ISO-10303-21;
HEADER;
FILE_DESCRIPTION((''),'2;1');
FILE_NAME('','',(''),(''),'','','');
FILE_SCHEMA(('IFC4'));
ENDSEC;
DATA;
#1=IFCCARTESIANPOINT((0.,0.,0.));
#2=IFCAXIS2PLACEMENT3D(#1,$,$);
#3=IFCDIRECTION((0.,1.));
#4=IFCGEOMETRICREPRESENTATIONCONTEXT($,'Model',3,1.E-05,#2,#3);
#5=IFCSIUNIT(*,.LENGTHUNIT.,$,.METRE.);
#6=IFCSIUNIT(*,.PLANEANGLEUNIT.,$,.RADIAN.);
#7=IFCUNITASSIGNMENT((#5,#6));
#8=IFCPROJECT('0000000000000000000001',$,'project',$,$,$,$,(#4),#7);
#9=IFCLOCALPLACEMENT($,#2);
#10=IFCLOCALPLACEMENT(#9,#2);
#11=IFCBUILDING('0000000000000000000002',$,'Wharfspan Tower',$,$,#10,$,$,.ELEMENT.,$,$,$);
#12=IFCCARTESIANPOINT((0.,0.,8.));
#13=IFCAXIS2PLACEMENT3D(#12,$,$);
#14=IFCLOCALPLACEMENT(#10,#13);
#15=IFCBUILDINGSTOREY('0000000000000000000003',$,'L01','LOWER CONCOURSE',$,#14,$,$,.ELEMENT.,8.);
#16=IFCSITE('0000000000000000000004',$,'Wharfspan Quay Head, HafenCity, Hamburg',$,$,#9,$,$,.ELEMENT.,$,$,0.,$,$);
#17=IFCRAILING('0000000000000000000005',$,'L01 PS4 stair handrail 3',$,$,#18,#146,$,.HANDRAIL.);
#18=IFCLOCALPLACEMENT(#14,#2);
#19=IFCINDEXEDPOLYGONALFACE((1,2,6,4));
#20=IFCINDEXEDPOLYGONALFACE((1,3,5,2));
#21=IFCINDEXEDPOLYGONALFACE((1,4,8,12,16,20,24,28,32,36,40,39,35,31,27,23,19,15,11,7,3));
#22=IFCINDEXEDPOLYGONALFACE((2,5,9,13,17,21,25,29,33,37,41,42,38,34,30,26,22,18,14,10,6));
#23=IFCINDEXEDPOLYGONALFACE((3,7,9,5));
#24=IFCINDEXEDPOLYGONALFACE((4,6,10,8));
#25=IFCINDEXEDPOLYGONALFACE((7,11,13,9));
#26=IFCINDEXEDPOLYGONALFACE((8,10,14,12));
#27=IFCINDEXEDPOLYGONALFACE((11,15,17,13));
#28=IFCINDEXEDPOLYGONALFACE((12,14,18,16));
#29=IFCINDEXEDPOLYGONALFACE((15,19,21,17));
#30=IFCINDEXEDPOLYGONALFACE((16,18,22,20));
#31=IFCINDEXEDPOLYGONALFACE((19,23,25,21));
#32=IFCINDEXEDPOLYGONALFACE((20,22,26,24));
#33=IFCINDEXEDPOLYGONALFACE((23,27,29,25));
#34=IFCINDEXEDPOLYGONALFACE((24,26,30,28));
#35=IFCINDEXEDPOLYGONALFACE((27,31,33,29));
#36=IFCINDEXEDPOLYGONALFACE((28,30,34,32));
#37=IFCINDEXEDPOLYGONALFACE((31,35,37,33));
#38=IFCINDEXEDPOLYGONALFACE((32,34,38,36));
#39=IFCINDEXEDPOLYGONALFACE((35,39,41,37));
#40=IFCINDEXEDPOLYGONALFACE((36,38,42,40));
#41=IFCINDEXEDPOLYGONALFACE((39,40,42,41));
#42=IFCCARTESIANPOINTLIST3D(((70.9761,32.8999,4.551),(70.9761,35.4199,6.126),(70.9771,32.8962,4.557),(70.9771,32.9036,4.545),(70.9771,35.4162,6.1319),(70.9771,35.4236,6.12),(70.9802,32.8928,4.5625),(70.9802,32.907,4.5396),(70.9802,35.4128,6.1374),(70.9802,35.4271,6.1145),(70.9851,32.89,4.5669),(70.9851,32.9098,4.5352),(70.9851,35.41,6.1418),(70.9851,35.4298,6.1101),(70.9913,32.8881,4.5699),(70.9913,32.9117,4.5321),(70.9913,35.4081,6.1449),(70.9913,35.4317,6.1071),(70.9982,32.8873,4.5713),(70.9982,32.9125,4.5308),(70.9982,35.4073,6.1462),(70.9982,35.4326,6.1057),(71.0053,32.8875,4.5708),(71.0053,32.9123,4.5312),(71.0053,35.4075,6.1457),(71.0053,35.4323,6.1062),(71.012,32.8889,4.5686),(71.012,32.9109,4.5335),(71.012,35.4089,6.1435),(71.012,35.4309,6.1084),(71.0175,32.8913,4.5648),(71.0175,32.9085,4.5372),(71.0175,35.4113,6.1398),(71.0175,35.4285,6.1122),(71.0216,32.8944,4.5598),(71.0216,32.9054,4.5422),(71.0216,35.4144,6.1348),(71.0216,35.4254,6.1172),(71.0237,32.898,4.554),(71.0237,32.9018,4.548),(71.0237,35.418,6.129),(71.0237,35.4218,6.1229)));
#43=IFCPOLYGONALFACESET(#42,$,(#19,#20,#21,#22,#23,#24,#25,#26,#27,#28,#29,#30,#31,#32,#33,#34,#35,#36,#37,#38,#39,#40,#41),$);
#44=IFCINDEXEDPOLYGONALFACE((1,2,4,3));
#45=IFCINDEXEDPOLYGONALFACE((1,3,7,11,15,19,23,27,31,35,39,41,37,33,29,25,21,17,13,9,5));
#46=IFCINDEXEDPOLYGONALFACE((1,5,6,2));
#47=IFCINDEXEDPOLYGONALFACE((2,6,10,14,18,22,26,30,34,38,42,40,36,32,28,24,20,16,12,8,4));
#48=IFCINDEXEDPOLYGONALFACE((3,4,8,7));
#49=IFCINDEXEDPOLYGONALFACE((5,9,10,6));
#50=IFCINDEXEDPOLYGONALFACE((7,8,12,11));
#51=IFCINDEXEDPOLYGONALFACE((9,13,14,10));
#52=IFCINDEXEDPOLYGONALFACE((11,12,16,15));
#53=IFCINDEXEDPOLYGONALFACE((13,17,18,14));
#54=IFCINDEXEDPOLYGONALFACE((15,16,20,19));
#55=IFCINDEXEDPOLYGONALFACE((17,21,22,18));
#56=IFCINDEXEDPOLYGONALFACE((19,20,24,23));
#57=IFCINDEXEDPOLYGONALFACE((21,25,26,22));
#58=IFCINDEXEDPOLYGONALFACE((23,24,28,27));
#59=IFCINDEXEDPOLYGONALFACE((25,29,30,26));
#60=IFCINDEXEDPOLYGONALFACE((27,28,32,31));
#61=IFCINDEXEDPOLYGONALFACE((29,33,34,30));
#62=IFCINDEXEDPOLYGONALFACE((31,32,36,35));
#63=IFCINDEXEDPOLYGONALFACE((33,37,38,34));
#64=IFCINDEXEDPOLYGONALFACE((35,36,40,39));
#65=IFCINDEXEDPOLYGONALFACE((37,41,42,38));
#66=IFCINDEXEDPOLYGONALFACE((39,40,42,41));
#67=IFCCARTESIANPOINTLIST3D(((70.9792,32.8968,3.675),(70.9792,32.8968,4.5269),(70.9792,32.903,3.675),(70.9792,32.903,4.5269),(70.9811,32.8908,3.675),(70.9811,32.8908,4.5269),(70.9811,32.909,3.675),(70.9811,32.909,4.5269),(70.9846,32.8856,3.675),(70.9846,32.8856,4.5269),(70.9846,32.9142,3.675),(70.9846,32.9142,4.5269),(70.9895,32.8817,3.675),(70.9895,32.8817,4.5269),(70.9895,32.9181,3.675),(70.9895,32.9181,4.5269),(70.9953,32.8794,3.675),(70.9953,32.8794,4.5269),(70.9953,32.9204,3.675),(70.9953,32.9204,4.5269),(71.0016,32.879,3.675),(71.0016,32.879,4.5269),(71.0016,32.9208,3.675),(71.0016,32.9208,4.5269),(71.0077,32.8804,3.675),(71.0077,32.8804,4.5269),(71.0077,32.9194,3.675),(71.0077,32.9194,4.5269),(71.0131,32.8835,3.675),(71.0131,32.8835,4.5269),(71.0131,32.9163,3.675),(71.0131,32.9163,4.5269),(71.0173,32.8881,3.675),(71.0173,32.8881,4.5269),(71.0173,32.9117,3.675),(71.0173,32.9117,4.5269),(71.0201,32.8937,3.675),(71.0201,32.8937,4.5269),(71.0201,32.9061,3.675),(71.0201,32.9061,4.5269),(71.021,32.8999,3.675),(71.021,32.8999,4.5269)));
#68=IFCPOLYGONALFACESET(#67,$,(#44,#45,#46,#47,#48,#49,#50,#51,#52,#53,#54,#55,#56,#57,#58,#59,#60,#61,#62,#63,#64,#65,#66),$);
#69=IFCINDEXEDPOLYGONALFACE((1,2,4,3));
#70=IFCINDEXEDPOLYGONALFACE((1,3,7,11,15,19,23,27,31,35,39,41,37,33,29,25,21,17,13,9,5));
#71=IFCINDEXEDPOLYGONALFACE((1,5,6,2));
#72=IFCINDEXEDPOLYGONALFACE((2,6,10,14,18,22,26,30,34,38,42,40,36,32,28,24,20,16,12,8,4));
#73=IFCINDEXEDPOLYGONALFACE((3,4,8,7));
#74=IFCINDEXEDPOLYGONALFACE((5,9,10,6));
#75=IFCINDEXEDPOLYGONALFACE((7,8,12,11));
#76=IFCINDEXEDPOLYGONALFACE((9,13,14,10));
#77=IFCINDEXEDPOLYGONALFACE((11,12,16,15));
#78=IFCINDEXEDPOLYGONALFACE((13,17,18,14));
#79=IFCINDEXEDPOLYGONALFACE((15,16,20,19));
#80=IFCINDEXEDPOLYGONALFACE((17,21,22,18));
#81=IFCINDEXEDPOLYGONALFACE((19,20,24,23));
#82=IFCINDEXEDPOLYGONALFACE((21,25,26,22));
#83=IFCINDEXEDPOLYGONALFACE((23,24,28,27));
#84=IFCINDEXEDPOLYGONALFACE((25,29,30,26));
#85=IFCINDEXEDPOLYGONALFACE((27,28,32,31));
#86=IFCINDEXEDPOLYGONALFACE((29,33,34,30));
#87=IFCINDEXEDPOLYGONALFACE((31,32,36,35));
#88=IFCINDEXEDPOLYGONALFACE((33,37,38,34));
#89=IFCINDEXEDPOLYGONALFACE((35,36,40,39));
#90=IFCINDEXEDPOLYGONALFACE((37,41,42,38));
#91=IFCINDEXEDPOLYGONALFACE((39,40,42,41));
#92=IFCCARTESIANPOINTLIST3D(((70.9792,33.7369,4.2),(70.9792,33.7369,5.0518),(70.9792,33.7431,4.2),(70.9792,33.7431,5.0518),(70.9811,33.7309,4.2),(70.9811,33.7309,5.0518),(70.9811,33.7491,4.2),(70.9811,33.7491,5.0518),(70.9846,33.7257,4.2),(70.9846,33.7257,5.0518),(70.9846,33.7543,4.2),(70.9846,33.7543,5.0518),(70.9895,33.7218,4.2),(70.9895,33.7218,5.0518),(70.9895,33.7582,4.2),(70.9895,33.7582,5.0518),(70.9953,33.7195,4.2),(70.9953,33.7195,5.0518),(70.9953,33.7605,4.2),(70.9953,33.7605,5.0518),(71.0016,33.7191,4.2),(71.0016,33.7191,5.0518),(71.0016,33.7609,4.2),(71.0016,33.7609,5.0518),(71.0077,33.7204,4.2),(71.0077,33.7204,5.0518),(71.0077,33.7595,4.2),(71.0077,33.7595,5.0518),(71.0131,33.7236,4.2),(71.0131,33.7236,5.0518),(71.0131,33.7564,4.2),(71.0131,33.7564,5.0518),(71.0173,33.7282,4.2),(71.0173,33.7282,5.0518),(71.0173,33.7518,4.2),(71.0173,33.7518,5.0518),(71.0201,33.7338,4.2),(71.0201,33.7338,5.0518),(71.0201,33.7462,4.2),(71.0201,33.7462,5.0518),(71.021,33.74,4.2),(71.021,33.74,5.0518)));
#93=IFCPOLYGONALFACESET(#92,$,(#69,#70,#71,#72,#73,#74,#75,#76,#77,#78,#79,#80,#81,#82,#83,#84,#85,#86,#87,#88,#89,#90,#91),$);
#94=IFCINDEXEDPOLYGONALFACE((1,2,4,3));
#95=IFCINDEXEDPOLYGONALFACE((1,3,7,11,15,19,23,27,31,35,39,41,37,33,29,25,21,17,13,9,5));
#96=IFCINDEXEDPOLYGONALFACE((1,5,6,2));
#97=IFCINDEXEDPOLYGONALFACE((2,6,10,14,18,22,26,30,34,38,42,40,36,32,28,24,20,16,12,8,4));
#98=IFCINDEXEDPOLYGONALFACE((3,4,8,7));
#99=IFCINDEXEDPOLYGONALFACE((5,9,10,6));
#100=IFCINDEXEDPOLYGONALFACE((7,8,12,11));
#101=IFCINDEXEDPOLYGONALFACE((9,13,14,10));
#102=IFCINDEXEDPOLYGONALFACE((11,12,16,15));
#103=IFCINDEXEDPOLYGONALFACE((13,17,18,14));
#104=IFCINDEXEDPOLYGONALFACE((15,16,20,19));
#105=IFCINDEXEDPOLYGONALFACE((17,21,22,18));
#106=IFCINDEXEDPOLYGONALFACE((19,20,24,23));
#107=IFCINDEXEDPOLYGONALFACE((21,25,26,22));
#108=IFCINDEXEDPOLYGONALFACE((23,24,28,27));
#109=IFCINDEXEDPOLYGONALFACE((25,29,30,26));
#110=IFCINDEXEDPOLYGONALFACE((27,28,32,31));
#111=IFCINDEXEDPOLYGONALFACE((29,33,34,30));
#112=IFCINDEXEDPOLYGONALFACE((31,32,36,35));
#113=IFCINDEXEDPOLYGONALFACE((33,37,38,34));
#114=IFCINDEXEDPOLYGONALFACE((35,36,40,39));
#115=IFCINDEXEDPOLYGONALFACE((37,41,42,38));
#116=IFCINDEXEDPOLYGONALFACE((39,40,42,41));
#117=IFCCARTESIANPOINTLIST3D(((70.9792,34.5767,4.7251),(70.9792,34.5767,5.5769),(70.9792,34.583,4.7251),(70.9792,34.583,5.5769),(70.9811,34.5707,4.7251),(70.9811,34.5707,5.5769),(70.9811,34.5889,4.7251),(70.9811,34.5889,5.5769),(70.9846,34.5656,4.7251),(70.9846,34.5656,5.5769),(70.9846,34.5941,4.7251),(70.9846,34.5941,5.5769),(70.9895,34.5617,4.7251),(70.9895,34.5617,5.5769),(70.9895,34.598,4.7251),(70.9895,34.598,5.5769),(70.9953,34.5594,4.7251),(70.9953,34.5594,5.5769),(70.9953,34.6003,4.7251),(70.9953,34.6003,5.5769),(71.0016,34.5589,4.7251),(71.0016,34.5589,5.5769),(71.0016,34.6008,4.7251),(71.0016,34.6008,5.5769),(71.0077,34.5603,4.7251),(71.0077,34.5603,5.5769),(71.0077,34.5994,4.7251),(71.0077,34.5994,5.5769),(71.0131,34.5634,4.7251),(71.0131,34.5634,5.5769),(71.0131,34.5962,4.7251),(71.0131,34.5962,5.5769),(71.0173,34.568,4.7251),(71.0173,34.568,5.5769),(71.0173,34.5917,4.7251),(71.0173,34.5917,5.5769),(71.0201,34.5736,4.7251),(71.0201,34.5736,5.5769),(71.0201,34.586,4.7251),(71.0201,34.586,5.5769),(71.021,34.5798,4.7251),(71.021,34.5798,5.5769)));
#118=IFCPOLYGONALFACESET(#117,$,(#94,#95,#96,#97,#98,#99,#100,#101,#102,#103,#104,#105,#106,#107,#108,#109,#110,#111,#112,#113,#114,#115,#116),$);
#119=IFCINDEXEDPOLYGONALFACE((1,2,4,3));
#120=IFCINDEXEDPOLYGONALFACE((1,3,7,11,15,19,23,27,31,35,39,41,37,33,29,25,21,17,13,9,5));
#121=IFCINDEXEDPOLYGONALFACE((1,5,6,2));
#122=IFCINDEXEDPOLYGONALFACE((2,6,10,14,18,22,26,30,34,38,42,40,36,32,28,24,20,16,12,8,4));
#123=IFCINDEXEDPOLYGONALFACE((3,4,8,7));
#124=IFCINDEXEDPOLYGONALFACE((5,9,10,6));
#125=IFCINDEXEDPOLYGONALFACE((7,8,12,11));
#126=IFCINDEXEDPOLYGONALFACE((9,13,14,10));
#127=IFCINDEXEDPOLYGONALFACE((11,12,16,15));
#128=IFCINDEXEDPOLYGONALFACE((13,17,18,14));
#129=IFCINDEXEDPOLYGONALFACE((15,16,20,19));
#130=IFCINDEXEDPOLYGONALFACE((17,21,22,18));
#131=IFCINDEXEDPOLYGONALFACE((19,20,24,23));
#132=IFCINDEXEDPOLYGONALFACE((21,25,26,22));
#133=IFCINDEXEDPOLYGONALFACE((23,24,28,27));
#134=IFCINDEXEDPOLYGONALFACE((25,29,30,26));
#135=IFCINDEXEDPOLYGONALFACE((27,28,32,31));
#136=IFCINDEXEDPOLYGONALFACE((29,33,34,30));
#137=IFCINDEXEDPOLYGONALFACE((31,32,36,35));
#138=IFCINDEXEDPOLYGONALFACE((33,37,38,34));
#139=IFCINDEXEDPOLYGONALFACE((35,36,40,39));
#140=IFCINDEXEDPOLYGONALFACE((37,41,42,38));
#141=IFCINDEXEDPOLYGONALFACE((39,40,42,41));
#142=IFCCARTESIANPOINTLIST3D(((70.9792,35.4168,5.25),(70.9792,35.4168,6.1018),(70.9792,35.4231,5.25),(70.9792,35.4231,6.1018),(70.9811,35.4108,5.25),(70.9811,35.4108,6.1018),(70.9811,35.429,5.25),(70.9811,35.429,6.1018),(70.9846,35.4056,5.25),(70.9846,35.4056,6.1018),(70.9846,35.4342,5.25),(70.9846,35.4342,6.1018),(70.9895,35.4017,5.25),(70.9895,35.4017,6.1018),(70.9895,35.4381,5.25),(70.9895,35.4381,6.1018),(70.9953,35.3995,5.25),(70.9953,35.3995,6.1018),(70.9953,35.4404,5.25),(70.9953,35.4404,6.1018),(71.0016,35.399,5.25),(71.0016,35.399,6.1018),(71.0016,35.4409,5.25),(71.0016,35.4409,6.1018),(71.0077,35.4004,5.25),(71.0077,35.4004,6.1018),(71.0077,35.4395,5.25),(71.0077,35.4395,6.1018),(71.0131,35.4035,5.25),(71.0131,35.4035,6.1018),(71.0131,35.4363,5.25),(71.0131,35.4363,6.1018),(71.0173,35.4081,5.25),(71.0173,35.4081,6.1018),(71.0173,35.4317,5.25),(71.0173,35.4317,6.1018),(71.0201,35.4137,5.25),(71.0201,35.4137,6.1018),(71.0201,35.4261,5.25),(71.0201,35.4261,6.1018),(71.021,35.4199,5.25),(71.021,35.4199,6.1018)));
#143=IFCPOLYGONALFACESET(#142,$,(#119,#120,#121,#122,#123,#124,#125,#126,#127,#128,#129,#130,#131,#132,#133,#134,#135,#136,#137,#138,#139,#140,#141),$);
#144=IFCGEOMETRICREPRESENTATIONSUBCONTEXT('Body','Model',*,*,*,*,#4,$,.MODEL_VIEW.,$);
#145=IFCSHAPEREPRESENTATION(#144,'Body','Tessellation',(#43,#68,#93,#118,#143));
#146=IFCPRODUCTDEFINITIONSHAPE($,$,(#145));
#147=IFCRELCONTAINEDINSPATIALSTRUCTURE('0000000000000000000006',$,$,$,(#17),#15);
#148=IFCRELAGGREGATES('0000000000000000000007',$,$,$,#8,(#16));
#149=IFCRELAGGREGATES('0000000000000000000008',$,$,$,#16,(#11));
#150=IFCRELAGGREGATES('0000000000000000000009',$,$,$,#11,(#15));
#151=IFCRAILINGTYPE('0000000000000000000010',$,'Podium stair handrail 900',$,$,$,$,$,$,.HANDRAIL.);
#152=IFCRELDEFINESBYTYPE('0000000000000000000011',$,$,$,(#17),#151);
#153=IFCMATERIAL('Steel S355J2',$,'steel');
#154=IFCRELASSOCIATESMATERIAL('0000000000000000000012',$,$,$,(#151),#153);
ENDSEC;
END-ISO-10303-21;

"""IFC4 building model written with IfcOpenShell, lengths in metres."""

from ifc_helpers import new_model, si_unit, direction, frame, origin, origin_2d, place, context, subcontext, project, spatial, circle, extrude, material, type_object, element, save


model = new_model("IFC4")

# Units and contexts
model_context = context("Model", 3, precision=1e-05, world=origin(), true_north=direction((0.0, 1.0)))
body_context = subcontext(model_context, "Body", "Model", "MODEL_VIEW")
ifc_project = project(units=[si_unit("LENGTHUNIT", "METRE"), si_unit("PLANEANGLEUNIT", "RADIAN")], contexts=[model_context])

# Site, building, storey
site_placement = place(None, origin())
site = spatial("IfcSite", under=ifc_project, at=site_placement, Name="Wharfspan Quay Head, HafenCity, Hamburg", CompositionType="ELEMENT", RefElevation=0.0)
building_placement = place(site_placement, origin())
building = spatial("IfcBuilding", under=site, at=building_placement, Name="Wharfspan Tower", CompositionType="ELEMENT")
storey_placement = place(building_placement, frame((0.0, 0.0, 8.0)))
storey = spatial("IfcBuildingStorey", under=building, at=storey_placement, Name="L01", Description="LOWER CONCOURSE", CompositionType="ELEMENT", Elevation=8.0)

# Railing
ifc_material_1 = material(Name="Steel S355J2", Category="steel")
railing_type_1 = type_object("IfcRailingType", Name="Podium stair handrail 900", PredefinedType="HANDRAIL", material=ifc_material_1)
railing_1_placement = place(storey_placement, frame((71.0, 32.8999, 3.675)))
element("IfcRailing", 1, at=railing_1_placement, inside=storey, type_object=railing_type_1, Name="L01 PS4 stair handrail 3", PredefinedType="HANDRAIL", context=body_context, shape_type="SweptSolid", body=[
    extrude(circle(Radius=0.0239, at=origin_2d()), frame((0.0, 0.0, 0.876), z_axis=(0.0, 0.848008, 0.529984), x_axis=(-1.0, 0.0, 0.0)), (0.0, 0.0, 1.0), 2.9717),
    extrude(circle(Radius=0.021, at=origin_2d()), origin(), (0.0, 0.0, 1.0), 0.8518),
    extrude(circle(Radius=0.021, at=origin_2d()), frame((0.0, 0.8401, 0.5249)), (0.0, 0.0, 1.0), 0.8518),
    extrude(circle(Radius=0.021, at=origin_2d()), frame((0.0, 1.6799, 1.05)), (0.0, 0.0, 1.0), 0.8518),
    extrude(circle(Radius=0.021, at=origin_2d()), frame((0.0, 2.52, 1.575)), (0.0, 0.0, 1.0), 0.8518),
])

save(model, "model.ifc")
